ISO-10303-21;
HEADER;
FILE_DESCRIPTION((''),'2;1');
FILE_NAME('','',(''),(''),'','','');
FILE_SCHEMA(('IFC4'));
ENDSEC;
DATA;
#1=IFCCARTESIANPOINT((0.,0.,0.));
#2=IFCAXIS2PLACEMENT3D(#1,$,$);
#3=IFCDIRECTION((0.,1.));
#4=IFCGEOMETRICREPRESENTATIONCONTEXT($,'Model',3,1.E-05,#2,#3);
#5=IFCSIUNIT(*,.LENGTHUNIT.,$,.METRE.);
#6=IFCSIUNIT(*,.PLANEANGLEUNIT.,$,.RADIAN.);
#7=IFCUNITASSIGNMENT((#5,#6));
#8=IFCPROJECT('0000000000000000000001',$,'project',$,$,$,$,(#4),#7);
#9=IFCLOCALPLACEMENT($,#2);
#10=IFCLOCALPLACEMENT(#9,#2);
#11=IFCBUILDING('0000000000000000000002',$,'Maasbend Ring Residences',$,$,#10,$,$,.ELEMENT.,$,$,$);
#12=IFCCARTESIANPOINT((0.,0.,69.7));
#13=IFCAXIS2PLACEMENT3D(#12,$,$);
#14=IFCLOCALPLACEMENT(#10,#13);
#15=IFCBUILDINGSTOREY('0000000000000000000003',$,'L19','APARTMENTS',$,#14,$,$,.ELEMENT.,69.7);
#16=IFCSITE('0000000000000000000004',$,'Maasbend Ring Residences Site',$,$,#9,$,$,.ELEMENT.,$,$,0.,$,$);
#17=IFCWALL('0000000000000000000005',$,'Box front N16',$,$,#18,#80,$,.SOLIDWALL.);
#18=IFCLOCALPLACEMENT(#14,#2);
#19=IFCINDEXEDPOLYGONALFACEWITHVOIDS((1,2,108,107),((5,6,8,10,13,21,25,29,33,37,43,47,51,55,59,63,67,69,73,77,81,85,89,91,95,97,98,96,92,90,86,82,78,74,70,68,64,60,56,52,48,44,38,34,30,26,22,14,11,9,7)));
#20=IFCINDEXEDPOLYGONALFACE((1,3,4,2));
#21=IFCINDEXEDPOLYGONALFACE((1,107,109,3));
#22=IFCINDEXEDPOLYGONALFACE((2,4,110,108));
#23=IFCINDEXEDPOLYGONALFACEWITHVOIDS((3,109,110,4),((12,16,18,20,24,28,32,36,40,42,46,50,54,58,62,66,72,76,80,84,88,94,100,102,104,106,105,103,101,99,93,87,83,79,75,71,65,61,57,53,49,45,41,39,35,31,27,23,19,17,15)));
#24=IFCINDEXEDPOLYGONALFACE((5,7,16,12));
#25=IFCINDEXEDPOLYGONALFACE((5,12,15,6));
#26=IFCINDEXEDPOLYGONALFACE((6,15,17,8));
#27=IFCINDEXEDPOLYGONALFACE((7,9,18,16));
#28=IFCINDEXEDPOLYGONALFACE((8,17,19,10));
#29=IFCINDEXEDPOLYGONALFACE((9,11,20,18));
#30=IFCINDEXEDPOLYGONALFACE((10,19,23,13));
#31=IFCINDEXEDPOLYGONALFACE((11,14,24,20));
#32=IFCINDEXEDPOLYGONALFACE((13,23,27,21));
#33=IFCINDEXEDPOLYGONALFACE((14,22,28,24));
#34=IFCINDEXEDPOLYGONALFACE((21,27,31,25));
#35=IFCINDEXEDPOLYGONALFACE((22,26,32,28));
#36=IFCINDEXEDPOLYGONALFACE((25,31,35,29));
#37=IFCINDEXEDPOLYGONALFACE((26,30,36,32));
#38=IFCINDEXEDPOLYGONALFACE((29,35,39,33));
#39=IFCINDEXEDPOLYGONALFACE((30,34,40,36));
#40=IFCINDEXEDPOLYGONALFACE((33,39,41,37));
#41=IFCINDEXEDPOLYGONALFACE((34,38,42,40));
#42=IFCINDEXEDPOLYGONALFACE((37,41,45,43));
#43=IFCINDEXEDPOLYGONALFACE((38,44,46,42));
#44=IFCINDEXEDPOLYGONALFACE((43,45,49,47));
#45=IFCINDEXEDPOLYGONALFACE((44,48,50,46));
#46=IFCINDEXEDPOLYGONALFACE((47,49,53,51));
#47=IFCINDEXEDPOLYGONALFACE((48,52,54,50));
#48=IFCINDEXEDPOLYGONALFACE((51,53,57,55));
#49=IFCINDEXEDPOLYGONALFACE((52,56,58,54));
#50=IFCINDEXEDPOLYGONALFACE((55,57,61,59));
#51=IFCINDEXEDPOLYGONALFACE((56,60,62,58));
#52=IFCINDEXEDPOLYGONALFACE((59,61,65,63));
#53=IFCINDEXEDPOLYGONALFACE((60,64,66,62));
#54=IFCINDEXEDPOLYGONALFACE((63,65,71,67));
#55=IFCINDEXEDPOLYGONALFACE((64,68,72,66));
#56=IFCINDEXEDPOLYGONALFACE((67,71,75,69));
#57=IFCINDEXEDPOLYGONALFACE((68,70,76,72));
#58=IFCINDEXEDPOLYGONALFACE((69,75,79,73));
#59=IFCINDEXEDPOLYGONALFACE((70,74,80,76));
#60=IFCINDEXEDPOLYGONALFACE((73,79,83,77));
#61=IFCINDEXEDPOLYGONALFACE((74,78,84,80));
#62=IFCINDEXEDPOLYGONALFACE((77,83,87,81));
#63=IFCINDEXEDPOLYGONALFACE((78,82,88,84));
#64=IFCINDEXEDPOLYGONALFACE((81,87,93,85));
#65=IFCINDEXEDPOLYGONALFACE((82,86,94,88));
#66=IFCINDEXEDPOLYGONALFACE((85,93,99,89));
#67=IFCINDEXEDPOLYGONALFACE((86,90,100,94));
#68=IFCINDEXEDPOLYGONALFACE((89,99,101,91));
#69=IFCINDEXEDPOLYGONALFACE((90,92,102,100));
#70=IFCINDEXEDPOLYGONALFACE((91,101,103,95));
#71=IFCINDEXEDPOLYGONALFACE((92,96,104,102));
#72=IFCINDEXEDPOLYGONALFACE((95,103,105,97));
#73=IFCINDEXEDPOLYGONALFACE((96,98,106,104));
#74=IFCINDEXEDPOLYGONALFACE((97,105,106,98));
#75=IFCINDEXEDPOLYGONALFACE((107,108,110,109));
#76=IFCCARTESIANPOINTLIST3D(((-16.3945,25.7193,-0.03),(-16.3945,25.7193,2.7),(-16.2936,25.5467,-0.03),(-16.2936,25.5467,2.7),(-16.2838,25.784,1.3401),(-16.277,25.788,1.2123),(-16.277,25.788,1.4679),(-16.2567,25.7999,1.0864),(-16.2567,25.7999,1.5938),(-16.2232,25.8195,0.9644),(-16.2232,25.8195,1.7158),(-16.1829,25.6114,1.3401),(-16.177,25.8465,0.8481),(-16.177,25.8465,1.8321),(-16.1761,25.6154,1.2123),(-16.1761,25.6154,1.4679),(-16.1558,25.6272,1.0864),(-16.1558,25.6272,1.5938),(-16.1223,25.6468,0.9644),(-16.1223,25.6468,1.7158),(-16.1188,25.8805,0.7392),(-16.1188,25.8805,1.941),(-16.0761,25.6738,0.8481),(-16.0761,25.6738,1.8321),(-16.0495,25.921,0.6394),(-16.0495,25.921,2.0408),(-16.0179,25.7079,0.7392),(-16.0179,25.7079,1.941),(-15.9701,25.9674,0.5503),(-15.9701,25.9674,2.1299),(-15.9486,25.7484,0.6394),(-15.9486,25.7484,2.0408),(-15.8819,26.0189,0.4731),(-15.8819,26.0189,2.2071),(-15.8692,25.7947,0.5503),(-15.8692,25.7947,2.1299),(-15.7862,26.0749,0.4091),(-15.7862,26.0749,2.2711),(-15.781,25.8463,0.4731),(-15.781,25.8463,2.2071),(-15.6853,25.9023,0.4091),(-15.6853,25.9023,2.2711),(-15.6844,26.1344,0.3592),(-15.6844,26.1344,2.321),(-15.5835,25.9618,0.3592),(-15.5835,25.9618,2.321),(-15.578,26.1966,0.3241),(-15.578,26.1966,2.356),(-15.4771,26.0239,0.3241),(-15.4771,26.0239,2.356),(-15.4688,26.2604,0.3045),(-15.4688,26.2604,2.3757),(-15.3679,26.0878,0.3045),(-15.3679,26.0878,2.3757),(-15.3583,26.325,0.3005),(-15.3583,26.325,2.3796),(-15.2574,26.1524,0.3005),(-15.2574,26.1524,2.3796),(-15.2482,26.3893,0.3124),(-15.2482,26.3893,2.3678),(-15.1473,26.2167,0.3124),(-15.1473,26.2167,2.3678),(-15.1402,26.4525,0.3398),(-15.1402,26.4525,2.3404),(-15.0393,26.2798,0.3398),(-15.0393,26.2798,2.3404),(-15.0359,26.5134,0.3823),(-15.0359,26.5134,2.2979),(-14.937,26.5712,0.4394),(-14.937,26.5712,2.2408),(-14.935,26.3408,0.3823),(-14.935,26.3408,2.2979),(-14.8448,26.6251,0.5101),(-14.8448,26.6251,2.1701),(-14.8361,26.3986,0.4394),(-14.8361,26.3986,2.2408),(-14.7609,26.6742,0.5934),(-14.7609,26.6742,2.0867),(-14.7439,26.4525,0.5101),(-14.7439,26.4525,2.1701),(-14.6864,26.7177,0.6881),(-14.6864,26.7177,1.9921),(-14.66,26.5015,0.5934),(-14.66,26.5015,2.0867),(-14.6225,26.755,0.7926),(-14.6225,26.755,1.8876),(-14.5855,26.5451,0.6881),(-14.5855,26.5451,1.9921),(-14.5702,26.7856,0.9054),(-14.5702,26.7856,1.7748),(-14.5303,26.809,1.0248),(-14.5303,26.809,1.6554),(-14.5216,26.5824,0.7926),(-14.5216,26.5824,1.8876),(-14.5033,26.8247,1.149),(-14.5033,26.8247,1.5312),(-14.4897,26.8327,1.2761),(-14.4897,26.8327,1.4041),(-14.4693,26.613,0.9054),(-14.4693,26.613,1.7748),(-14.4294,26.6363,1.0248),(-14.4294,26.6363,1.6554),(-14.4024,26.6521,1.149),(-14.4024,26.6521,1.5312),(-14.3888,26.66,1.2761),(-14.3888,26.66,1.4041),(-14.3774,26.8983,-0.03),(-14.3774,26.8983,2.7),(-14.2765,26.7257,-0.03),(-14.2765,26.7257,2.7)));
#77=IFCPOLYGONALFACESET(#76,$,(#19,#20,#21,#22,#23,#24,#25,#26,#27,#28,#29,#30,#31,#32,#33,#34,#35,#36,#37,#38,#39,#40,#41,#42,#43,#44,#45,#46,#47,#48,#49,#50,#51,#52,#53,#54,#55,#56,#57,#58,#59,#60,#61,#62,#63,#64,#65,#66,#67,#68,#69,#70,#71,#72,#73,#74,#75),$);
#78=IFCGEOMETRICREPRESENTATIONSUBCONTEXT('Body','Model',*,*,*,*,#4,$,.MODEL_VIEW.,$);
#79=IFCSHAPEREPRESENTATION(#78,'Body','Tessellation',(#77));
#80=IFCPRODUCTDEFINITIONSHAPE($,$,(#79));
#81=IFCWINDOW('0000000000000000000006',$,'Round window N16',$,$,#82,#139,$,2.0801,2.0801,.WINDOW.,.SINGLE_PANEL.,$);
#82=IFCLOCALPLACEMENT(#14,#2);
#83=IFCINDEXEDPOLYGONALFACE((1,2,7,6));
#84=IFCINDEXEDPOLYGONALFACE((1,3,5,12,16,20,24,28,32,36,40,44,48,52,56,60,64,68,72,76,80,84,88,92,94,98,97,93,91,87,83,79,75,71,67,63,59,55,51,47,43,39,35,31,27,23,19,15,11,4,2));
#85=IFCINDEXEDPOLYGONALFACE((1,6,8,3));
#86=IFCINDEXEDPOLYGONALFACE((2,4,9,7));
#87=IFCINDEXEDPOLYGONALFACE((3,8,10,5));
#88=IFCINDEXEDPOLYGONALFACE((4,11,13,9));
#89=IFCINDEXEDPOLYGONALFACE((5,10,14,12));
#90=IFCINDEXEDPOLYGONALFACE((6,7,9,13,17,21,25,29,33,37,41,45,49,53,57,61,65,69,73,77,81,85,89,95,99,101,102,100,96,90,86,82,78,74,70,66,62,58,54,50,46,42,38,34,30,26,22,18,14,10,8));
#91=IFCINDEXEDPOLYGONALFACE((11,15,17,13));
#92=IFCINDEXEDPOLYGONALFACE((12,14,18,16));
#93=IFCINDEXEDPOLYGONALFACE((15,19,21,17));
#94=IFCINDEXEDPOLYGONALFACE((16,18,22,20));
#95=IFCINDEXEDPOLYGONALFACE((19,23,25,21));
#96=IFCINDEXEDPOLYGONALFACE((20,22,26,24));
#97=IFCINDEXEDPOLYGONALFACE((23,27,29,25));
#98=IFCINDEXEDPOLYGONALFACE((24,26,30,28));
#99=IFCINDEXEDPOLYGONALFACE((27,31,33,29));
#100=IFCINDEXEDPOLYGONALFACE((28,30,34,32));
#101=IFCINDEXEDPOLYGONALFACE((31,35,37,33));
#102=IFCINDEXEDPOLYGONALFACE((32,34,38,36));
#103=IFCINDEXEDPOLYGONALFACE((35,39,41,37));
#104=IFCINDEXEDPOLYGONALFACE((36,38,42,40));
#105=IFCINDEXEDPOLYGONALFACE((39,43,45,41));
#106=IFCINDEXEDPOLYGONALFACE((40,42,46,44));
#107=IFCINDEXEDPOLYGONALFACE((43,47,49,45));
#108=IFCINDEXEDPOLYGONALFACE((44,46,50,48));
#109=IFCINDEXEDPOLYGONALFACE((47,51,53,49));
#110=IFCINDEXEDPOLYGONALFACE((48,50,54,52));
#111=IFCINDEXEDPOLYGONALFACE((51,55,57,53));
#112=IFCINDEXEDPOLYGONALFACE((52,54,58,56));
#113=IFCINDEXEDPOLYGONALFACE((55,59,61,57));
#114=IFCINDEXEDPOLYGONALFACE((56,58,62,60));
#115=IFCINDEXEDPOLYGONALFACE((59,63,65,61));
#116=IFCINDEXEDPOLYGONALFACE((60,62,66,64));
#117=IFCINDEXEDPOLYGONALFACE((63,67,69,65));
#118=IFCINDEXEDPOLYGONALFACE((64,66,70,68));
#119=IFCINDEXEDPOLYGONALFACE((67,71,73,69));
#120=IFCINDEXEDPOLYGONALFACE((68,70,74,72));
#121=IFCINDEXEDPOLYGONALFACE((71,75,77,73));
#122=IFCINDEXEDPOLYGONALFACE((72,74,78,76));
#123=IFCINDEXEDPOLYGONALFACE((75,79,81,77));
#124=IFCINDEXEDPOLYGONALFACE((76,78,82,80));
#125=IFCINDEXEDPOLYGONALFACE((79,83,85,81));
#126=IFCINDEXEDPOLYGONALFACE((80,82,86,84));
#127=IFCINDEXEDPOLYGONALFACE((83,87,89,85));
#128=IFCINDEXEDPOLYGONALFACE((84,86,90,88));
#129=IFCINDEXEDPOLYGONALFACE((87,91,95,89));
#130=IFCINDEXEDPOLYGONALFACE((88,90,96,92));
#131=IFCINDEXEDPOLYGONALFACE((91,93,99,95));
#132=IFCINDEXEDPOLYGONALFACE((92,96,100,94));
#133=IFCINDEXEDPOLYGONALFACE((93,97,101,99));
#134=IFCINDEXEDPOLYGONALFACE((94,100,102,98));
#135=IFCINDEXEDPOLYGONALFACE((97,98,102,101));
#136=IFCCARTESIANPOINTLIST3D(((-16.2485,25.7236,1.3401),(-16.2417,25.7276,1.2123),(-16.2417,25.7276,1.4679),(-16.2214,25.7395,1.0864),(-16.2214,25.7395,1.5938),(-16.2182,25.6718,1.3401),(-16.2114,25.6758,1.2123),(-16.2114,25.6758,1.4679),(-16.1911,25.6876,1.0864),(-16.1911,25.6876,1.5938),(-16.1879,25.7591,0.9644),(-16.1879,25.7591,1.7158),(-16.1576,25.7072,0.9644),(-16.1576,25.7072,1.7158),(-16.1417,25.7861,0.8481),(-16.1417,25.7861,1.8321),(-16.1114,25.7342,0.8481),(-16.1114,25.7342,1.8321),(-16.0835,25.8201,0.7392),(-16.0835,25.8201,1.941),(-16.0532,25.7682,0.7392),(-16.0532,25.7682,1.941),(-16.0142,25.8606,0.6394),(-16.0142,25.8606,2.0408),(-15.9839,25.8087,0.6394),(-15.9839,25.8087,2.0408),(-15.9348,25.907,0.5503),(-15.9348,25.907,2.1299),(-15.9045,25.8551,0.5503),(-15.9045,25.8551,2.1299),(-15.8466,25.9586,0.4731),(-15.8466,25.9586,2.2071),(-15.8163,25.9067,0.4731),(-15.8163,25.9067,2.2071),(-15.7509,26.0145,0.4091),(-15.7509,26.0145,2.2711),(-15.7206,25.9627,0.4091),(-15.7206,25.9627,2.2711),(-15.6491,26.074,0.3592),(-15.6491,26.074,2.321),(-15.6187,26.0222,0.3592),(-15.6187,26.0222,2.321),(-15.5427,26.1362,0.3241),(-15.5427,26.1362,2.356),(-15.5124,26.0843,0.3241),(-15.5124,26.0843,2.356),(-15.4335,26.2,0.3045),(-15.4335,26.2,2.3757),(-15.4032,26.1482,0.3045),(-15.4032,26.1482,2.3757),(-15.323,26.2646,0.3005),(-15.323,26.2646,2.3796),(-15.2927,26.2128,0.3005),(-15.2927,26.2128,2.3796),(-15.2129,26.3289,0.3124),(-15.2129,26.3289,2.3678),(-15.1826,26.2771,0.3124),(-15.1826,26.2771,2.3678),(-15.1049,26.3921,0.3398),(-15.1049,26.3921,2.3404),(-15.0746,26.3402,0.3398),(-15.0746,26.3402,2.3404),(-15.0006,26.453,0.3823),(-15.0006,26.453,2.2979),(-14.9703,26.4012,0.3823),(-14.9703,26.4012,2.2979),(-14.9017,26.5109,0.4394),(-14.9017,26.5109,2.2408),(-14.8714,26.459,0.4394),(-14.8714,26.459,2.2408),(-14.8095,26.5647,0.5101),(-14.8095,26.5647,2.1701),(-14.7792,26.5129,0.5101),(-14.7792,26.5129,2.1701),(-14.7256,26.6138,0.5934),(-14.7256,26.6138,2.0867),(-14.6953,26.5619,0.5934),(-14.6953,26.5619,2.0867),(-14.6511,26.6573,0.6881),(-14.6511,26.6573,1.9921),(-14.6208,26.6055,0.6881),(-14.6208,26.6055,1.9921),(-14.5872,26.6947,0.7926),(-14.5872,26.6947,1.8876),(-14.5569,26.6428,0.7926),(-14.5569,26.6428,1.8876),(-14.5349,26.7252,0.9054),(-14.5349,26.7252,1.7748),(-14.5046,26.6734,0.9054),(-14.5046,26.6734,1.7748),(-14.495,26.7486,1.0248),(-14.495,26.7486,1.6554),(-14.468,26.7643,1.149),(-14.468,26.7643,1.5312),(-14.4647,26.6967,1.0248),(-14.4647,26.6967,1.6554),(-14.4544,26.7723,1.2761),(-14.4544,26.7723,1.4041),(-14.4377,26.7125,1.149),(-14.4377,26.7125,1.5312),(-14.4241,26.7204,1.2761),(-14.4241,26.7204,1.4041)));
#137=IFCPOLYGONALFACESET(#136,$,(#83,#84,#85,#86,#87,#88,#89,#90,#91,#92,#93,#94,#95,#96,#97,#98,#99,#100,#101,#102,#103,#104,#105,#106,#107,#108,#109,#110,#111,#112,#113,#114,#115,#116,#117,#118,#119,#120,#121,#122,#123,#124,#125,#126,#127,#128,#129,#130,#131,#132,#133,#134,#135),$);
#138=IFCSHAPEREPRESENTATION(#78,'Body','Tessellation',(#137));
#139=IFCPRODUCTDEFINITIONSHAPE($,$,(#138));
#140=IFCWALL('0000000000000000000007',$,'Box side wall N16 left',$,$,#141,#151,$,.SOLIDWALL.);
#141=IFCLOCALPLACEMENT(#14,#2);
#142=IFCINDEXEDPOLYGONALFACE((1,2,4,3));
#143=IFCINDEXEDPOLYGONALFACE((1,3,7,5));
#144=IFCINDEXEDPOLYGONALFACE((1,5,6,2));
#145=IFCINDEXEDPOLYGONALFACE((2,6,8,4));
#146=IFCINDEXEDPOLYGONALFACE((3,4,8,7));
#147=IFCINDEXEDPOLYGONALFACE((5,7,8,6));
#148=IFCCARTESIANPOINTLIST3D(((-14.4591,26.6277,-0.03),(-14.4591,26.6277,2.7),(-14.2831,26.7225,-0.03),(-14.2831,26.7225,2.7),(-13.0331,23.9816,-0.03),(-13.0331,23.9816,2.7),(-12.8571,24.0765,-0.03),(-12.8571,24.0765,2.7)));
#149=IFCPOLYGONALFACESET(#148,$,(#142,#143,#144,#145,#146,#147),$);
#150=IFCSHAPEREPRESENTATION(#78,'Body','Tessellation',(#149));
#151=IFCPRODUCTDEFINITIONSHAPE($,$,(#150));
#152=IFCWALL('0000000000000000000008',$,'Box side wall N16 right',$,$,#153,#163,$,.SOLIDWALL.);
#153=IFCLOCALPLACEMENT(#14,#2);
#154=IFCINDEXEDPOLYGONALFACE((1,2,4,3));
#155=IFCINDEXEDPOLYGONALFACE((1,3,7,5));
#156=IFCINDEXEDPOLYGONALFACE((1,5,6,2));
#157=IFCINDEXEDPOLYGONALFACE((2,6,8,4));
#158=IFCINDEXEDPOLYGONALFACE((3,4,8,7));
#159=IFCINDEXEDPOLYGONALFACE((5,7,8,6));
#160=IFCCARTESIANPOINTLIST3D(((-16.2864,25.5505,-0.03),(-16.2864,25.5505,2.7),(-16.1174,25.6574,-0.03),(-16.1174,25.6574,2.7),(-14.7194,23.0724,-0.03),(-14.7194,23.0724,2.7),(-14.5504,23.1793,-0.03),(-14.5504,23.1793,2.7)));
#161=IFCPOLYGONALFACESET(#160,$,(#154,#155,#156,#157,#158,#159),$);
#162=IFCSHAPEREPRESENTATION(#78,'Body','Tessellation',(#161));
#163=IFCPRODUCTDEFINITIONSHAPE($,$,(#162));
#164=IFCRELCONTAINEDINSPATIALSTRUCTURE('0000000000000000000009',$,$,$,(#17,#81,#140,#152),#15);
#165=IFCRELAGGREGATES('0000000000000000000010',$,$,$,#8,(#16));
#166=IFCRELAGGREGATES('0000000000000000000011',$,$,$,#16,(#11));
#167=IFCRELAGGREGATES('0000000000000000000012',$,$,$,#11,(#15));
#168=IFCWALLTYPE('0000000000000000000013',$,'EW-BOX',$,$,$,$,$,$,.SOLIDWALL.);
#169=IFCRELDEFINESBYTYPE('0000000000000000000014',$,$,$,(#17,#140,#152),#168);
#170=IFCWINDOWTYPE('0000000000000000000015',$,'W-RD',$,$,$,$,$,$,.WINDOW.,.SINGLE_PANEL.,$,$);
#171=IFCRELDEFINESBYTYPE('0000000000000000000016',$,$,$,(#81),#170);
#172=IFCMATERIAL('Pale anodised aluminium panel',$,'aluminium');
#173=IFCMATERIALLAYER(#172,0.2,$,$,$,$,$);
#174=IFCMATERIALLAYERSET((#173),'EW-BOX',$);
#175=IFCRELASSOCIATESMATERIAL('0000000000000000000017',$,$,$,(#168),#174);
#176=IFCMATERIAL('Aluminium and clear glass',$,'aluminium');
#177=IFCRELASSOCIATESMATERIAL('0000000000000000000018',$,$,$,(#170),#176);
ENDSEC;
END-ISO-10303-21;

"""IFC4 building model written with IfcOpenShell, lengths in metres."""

from ifc_helpers import new_model, si_unit, direction, frame, frame_2d, origin, place, context, subcontext, project, spatial, rectangle, circle, extrude, material, layer, layer_set, type_object, element, fill, save


model = new_model("IFC4")

# Units and contexts
model_context = context("Model", 3, precision=1e-05, world=origin(), true_north=direction((0.0, 1.0)))
body_context = subcontext(model_context, "Body", "Model", "MODEL_VIEW")
ifc_project = project(units=[si_unit("LENGTHUNIT", "METRE"), si_unit("PLANEANGLEUNIT", "RADIAN")], contexts=[model_context])

# Site, building, storey
site_placement = place(None, origin())
site = spatial("IfcSite", under=ifc_project, at=site_placement, Name="Maasbend Ring Residences Site", CompositionType="ELEMENT", RefElevation=0.0)
building_placement = place(site_placement, origin())
building = spatial("IfcBuilding", under=site, at=building_placement, Name="Maasbend Ring Residences", CompositionType="ELEMENT")
storey_placement = place(building_placement, frame((0.0, 0.0, 69.7)))
storey = spatial("IfcBuildingStorey", under=building, at=storey_placement, Name="L19", Description="APARTMENTS", CompositionType="ELEMENT", Elevation=69.7)

# Wall, opening, window
ifc_material_1 = material(Name="Pale anodised aluminium panel", Category="aluminium")
ifc_layer_1 = layer(ifc_material_1, 0.2)
ifc_layer_set_1 = layer_set([ifc_layer_1], Name="EW-BOX")
wall_type_1 = type_object("IfcWallType", Name="EW-BOX", PredefinedType="SOLIDWALL", material=ifc_layer_set_1)
wall_1_placement = place(storey_placement, frame((-14.3269, 26.812, -0.03), z_axis=(0.0, 0.0, 1.0), x_axis=(-0.863347, -0.504612, 0.0)))
wall_1 = element("IfcWall", 1, at=wall_1_placement, inside=storey, type_object=wall_type_1, Name="Box front N16", PredefinedType="SOLIDWALL", context=body_context, shape_type="SweptSolid", body=[
    extrude(rectangle(XDim=2.3364, YDim=0.2, at=frame_2d((1.1682, 0.0))), origin(), (0.0, 0.0, 1.0), 2.73),
])
opening_1_placement = place(wall_1_placement, frame((0.1282, 0.0, 0.3301)))
opening_1 = element("IfcOpeningElement", 2, at=opening_1_placement, cuts=wall_1, PredefinedType="OPENING", context=body_context, shape_type="SweptSolid", body=[
    extrude(circle(Radius=1.04, at=frame_2d((1.04, 1.04))), frame((0.0, 0.1099, 0.0), z_axis=(0.0, -1.0, 0.0), x_axis=(1.0, 0.0, 0.0)), (0.0, 0.0, 1.0), 0.22),
])
ifc_material_2 = material(Name="Aluminium and clear glass", Category="aluminium")
window_type_1 = type_object("IfcWindowType", Name="W-RD", PartitioningType="SINGLE_PANEL", PredefinedType="WINDOW", material=ifc_material_2)
window_1_placement = place(opening_1_placement, origin())
window_1 = element("IfcWindow", 3, at=window_1_placement, inside=storey, type_object=window_type_1, Name="Round window N16", OverallHeight=2.0801, OverallWidth=2.0801, PartitioningType="SINGLE_PANEL", PredefinedType="WINDOW", context=body_context, shape_type="SweptSolid", body=[
    extrude(circle(Radius=1.04, at=frame_2d((1.04, 1.04))), frame((0.0, 0.03, 0.0), z_axis=(0.0, -1.0, 0.0), x_axis=(1.0, 0.0, 0.0)), (0.0, 0.0, 1.0), 0.0601),
])
fill(opening_1, window_1)

# Walls
wall_2_placement = place(storey_placement, frame((-12.9451, 24.0291, -0.03), z_axis=(0.0, 0.0, 1.0), x_axis=(-0.474424, 0.880296, 0.0)))
element("IfcWall", 4, at=wall_2_placement, inside=storey, type_object=wall_type_1, Name="Box side wall N16 left", PredefinedType="SOLIDWALL", context=body_context, shape_type="SweptSolid", body=[
    extrude(rectangle(XDim=3.0059, YDim=0.2, at=frame_2d((1.5029, 0.0))), origin(), (0.0, 0.0, 1.0), 2.73),
])
wall_3_placement = place(storey_placement, frame((-14.635, 23.126, -0.03), z_axis=(0.0, 0.0, 1.0), x_axis=(-0.534438, 0.845208, 0.0)))
element("IfcWall", 5, at=wall_3_placement, inside=storey, type_object=wall_type_1, Name="Box side wall N16 right", PredefinedType="SOLIDWALL", context=body_context, shape_type="SweptSolid", body=[
    extrude(rectangle(XDim=2.9319, YDim=0.2, at=frame_2d((1.4658, 0.0))), origin(), (0.0, 0.0, 1.0), 2.73),
])

save(model, "model.ifc")
